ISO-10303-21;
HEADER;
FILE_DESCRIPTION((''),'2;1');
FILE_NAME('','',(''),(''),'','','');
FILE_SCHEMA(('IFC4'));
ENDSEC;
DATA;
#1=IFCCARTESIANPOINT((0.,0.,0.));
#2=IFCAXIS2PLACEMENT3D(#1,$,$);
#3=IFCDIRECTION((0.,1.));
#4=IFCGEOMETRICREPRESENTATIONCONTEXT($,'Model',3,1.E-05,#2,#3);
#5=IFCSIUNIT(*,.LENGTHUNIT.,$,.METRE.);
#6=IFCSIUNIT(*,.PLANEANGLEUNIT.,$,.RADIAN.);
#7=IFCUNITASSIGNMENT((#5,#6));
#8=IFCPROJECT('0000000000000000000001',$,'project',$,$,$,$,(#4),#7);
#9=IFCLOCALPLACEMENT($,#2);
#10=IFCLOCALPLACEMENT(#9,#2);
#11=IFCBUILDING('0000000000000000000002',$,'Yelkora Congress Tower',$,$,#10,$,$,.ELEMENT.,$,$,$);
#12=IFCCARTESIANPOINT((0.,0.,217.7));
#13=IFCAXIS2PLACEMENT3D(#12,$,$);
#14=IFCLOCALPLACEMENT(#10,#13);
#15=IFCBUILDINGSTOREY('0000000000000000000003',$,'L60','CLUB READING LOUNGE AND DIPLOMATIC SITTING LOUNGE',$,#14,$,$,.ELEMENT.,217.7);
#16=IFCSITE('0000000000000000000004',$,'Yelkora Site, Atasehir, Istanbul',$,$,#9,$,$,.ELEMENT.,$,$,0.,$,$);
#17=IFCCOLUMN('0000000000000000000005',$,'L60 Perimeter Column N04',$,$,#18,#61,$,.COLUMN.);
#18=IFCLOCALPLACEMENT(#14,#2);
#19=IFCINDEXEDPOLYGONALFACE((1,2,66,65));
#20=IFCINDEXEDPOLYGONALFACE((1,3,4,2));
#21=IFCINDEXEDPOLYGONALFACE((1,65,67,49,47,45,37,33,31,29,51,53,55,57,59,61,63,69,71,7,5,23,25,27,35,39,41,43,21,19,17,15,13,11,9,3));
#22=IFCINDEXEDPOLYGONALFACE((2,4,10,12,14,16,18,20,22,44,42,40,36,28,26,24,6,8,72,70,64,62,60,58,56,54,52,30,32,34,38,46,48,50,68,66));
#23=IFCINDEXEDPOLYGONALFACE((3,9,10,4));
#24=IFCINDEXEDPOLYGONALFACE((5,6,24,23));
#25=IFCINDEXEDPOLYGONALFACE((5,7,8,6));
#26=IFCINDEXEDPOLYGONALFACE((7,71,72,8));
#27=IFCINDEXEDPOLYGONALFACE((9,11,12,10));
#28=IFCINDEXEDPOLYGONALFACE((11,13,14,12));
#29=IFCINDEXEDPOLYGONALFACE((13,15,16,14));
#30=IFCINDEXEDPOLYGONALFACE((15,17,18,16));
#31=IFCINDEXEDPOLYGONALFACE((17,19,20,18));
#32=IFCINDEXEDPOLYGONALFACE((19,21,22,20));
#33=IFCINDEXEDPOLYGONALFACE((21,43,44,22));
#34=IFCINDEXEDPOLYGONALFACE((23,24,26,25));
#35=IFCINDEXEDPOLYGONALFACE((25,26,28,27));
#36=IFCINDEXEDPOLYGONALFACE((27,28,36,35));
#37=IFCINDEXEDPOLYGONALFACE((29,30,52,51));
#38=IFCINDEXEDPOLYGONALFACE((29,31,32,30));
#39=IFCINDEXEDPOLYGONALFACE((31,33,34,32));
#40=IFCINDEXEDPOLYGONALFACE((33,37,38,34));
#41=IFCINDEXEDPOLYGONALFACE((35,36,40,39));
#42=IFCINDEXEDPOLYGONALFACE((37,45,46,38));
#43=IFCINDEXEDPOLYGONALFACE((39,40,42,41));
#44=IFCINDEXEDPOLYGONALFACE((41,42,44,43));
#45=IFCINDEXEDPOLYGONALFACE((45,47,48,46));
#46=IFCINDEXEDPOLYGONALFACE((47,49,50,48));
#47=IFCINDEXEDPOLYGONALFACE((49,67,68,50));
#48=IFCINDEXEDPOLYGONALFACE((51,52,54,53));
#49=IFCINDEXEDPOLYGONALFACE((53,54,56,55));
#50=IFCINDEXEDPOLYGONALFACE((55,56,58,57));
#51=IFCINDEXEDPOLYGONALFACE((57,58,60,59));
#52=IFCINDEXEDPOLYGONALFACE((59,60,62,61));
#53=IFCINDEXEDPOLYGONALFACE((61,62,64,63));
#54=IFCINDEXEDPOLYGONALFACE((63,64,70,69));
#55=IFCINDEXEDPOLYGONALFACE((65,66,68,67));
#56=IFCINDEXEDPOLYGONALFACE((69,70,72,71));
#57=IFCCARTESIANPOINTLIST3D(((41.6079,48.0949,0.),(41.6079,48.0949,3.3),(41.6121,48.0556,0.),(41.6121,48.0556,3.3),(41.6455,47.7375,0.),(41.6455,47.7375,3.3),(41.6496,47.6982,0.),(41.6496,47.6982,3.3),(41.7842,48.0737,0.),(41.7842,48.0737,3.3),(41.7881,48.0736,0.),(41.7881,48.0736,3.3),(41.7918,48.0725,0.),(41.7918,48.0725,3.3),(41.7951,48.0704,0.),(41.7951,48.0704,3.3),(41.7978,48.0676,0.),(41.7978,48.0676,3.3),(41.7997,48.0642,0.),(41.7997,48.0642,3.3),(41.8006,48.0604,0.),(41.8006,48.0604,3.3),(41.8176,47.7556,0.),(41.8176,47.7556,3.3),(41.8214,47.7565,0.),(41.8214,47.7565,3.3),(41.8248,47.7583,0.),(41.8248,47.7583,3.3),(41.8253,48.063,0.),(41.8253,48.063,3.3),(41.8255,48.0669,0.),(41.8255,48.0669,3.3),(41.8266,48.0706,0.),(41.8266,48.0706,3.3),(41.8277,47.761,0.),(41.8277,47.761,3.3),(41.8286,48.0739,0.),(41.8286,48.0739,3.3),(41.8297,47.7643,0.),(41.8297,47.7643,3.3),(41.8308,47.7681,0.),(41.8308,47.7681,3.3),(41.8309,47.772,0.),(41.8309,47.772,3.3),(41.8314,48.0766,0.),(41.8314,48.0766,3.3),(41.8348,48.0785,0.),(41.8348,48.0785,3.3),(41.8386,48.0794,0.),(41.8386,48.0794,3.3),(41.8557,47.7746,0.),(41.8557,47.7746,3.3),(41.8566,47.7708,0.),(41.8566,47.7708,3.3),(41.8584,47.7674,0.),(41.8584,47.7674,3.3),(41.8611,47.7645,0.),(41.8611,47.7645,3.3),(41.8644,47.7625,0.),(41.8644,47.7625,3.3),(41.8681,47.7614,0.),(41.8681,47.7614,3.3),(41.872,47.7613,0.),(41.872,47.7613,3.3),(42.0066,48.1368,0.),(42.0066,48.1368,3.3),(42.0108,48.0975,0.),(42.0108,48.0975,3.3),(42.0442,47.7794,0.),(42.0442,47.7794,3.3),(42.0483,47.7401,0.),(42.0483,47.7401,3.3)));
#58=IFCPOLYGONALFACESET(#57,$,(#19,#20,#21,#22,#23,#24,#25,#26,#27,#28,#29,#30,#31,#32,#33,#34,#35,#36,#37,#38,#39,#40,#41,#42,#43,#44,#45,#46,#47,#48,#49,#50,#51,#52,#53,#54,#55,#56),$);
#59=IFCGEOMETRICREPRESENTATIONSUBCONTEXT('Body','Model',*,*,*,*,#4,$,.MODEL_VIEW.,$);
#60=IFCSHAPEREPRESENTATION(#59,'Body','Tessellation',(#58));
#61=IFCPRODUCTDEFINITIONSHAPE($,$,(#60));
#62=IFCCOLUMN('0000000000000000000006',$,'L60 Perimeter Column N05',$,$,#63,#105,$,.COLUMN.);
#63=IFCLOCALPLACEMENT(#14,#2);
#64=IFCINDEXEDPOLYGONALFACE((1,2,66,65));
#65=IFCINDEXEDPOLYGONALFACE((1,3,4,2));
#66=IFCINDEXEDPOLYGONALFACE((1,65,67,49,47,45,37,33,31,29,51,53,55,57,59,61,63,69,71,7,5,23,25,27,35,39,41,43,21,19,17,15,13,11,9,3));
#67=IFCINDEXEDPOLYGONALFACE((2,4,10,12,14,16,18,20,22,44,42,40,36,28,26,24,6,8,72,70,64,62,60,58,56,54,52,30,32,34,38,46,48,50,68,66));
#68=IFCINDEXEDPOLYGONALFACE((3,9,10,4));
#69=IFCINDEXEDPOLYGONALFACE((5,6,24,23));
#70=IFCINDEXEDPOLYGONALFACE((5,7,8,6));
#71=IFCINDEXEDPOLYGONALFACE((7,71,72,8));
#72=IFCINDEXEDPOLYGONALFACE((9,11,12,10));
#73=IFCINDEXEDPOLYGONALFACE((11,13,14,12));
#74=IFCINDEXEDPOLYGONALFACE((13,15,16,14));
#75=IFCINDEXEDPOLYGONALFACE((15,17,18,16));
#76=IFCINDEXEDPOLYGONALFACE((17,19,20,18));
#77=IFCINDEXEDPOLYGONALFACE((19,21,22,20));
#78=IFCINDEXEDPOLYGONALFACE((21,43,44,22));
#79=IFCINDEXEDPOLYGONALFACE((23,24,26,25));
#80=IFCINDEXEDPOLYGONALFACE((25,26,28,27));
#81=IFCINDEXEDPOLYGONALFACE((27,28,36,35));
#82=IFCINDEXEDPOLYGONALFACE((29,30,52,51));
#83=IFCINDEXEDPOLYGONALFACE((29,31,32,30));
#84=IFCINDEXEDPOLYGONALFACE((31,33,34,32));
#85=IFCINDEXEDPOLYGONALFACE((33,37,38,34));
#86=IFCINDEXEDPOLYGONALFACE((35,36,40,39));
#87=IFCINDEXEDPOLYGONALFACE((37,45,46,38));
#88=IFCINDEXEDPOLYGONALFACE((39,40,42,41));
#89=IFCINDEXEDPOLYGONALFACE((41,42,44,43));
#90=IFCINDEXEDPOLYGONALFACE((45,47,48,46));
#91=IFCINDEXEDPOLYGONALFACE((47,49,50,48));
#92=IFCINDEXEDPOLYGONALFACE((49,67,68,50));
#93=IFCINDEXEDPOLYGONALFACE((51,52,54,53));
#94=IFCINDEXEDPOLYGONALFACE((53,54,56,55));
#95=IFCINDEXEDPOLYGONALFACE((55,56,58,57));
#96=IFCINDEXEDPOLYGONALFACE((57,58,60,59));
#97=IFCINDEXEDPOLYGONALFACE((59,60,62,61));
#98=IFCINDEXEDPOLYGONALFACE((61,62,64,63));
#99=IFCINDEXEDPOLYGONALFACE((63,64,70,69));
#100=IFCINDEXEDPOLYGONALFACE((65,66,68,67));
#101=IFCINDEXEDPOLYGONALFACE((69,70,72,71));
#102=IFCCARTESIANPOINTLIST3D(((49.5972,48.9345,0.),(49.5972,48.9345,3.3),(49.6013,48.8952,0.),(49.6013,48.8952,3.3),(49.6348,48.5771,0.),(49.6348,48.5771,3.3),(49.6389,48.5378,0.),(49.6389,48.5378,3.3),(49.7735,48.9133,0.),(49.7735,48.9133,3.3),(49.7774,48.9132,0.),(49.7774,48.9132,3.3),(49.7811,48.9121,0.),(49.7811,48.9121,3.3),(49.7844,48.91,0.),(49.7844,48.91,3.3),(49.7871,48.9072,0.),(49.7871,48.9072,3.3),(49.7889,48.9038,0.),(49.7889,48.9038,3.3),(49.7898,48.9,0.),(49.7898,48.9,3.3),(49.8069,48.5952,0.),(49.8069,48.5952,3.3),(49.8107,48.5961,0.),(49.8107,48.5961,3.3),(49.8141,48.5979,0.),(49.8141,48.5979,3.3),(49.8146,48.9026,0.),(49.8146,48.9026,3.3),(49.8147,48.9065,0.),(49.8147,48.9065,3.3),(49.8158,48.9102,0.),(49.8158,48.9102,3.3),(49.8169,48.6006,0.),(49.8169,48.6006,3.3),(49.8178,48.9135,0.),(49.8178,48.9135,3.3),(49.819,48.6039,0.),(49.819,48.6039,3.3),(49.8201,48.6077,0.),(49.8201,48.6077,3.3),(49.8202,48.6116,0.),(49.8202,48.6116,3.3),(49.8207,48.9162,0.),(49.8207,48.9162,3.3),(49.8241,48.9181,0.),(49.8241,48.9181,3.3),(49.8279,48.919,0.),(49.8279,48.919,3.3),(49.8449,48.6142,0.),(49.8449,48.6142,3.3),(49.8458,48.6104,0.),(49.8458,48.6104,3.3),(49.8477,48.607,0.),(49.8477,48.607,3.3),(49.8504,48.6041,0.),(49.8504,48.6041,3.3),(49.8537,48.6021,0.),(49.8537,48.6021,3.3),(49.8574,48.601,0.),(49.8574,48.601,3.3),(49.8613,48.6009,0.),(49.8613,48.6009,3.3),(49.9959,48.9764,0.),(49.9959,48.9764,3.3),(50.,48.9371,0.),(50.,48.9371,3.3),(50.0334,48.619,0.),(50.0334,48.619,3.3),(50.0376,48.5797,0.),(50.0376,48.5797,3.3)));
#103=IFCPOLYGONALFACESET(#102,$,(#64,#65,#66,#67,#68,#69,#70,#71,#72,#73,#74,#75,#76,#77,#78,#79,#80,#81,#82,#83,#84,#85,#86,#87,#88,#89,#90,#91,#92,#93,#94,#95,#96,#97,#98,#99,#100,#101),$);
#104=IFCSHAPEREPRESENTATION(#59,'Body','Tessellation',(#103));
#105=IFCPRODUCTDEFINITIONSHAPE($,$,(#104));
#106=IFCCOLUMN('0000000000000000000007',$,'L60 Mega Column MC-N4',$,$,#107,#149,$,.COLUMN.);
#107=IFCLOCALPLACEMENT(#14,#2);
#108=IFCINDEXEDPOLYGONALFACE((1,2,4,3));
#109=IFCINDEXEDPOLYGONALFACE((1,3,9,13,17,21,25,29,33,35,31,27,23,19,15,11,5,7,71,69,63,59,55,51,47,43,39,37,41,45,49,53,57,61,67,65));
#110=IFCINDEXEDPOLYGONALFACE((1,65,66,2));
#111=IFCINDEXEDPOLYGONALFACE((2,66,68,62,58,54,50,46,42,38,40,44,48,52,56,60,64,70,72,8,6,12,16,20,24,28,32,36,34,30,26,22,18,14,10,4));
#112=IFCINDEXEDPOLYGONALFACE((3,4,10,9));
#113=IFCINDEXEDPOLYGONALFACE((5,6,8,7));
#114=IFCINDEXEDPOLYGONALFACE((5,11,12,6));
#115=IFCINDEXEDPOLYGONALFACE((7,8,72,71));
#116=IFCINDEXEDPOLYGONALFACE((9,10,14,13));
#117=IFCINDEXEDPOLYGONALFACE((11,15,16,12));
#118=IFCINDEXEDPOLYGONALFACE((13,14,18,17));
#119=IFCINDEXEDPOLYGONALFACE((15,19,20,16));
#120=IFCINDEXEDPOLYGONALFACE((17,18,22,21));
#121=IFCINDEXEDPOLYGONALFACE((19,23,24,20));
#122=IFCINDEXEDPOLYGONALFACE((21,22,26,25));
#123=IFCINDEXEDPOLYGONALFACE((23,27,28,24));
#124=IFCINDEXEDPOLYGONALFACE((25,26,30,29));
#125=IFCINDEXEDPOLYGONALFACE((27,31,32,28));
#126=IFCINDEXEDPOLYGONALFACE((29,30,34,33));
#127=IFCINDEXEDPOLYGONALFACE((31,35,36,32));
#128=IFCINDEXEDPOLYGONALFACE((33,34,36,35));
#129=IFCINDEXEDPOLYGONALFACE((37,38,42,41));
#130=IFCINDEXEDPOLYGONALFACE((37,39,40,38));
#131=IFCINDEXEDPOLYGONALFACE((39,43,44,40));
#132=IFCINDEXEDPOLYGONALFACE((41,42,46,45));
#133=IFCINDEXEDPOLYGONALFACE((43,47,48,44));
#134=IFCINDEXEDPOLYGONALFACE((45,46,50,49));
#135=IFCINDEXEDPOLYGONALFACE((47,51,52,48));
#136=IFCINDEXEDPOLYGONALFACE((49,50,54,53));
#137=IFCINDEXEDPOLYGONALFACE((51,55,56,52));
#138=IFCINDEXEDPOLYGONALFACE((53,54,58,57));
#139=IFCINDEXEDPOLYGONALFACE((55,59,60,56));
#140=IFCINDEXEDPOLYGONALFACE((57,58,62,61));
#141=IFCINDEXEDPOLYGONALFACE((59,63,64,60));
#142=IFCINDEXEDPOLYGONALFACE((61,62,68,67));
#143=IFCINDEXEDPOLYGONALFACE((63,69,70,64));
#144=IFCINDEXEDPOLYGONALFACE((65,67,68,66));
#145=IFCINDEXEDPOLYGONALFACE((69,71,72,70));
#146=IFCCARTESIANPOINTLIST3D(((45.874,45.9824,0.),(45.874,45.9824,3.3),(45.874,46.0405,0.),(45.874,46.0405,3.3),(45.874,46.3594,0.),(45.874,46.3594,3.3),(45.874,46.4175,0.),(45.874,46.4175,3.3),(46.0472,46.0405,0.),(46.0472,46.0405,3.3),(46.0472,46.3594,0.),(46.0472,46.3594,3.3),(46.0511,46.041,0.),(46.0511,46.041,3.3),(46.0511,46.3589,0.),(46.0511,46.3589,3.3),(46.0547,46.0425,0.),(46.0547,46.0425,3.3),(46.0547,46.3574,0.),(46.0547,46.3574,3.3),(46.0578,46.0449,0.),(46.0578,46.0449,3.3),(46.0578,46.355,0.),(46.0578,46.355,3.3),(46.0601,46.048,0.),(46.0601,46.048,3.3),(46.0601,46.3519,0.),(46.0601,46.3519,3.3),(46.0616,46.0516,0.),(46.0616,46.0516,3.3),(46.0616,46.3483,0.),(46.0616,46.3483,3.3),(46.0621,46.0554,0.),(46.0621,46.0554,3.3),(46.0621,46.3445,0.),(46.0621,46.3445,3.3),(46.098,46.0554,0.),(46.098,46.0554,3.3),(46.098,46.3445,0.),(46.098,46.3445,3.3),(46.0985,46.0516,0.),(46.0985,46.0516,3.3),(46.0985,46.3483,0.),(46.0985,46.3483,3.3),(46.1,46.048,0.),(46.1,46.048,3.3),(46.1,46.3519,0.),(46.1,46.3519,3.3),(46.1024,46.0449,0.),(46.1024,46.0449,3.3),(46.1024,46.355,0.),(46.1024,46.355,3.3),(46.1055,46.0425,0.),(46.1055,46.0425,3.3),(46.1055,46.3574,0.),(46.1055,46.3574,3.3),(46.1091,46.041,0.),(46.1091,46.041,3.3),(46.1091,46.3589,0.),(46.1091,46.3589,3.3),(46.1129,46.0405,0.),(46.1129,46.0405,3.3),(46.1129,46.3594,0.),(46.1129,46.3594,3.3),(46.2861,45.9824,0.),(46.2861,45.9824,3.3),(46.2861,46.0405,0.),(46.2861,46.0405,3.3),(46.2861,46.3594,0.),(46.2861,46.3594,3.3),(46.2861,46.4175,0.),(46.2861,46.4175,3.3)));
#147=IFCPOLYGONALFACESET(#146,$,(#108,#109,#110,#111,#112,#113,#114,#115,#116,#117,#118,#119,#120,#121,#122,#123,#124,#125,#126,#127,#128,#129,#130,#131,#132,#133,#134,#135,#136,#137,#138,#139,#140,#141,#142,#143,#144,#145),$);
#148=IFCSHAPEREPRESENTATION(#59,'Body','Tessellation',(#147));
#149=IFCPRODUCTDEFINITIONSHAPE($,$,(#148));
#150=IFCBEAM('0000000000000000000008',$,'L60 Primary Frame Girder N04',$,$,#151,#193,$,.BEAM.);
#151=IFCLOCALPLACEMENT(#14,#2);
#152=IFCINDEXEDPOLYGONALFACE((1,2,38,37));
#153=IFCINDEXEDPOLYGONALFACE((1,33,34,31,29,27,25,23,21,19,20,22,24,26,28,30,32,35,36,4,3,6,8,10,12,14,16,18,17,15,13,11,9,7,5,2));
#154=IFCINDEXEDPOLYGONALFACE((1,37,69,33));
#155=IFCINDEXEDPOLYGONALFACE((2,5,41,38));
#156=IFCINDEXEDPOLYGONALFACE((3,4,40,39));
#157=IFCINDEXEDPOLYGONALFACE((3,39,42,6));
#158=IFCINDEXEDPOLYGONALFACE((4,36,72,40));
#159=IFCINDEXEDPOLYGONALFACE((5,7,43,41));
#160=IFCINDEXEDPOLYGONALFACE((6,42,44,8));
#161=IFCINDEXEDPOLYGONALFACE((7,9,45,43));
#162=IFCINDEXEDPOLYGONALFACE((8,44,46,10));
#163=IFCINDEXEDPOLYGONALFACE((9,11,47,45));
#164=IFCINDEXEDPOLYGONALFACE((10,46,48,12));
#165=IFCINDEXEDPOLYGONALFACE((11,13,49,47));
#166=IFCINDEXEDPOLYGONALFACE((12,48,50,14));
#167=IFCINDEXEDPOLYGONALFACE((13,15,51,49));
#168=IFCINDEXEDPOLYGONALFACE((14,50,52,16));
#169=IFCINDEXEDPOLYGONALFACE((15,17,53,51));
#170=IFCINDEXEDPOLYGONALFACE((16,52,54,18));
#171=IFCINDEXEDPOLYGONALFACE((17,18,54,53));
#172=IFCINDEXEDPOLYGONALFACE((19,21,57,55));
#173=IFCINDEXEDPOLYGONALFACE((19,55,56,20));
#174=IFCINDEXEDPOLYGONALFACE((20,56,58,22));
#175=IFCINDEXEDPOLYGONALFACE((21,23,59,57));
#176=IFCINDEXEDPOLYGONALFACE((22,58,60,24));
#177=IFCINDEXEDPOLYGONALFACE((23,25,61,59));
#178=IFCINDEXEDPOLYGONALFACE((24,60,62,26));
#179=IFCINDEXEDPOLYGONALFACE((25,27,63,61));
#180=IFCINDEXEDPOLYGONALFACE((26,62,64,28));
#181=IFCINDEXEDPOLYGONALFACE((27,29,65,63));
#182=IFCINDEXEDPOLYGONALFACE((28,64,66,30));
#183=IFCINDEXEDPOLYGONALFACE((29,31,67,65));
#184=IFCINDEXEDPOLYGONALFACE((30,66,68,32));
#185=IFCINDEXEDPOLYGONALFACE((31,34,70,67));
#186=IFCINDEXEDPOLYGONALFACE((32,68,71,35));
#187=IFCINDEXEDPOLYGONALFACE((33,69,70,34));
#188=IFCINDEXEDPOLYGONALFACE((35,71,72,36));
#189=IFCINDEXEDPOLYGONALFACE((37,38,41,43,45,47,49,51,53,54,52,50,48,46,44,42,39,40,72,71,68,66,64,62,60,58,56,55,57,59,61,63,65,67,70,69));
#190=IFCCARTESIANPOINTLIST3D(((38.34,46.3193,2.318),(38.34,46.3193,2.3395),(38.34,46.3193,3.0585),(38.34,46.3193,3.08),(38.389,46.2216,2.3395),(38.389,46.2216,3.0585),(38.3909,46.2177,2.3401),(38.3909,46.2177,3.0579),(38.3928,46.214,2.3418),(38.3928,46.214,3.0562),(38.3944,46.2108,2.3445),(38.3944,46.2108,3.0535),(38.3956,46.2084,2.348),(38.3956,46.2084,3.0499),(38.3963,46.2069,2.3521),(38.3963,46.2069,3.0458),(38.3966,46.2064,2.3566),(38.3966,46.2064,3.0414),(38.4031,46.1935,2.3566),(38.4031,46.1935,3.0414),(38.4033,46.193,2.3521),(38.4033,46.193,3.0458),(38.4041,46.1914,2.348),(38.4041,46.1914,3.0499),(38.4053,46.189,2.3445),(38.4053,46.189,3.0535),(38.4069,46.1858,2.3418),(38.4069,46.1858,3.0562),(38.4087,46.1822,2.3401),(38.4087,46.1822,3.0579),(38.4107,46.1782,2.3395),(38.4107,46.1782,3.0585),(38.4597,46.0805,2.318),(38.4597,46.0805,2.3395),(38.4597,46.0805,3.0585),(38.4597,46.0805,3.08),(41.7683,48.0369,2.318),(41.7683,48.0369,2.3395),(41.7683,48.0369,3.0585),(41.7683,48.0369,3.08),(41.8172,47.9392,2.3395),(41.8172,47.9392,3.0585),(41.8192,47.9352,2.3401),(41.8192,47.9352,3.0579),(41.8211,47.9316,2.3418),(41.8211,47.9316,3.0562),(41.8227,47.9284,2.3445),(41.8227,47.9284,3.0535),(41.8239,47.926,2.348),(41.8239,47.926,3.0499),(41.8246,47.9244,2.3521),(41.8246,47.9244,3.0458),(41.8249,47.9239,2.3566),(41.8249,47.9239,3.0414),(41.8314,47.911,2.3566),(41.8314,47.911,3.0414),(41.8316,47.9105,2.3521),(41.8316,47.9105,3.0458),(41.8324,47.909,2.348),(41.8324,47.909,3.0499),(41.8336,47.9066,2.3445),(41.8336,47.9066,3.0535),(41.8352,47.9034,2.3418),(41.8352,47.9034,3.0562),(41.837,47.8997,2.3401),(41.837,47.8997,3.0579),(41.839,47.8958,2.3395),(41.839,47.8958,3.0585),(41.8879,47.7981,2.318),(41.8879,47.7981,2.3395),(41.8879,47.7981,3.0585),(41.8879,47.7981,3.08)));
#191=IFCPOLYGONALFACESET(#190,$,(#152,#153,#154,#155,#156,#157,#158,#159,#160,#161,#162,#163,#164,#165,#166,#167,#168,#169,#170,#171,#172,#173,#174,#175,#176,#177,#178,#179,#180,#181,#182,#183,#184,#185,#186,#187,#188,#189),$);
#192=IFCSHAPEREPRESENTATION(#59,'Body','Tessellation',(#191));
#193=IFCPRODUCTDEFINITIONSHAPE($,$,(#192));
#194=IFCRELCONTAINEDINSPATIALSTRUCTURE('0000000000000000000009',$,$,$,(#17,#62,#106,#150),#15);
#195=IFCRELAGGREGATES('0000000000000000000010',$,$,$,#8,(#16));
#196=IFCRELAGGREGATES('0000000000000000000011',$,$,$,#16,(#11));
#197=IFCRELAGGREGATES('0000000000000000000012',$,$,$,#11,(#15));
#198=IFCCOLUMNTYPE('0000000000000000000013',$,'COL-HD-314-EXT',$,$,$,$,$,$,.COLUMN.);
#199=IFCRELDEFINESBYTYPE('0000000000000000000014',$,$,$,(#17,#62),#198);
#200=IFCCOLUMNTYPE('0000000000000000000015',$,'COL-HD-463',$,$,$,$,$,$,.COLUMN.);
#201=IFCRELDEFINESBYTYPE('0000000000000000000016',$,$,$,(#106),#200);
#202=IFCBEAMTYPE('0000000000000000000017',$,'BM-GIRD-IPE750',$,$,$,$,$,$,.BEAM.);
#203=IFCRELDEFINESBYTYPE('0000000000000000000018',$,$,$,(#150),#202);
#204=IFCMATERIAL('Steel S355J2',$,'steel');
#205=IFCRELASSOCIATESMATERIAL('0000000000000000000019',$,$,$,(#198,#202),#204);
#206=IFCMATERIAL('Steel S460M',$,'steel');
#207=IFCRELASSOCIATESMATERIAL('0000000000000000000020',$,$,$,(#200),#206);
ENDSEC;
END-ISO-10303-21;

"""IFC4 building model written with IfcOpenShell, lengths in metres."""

from ifc_helpers import new_model, si_unit, direction, frame, origin, origin_2d, place, context, subcontext, project, spatial, i_section, extrude, material, material_profile, profile_set, type_object, element, save


model = new_model("IFC4")

# Units and contexts
model_context = context("Model", 3, precision=1e-05, world=origin(), true_north=direction((0.0, 1.0)))
body_context = subcontext(model_context, "Body", "Model", "MODEL_VIEW")
ifc_project = project(units=[si_unit("LENGTHUNIT", "METRE"), si_unit("PLANEANGLEUNIT", "RADIAN")], contexts=[model_context])

# Site, building, storey
site_placement = place(None, origin())
site = spatial("IfcSite", under=ifc_project, at=site_placement, Name="Yelkora Site, Atasehir, Istanbul", CompositionType="ELEMENT", RefElevation=0.0)
building_placement = place(site_placement, origin())
building = spatial("IfcBuilding", under=site, at=building_placement, Name="Yelkora Congress Tower", CompositionType="ELEMENT")
storey_placement = place(building_placement, frame((0.0, 0.0, 217.7)))
storey = spatial("IfcBuildingStorey", under=building, at=storey_placement, Name="L60", Description="CLUB READING LOUNGE AND DIPLOMATIC SITTING LOUNGE", CompositionType="ELEMENT", Elevation=217.7)

# Columns
ifc_material_1 = material(Name="Steel S355J2", Category="steel")
ifc_material_profile_1 = material_profile(ifc_material_1, i_section(OverallWidth=0.4009, OverallDepth=0.3989, WebThickness=0.0249, FlangeThickness=0.0396, FilletRadius=0.0149, at=origin_2d()), Name="HD 400x314")
ifc_profile_set_1 = profile_set([ifc_material_profile_1], Name="Steel S355J2")
column_type_1 = type_object("IfcColumnType", Name="COL-HD-314-EXT", PredefinedType="COLUMN", material=ifc_profile_set_1)
for number, where, z_axis, x_axis, name in (
    (1, (41.8281, 47.9175, 0.0), (0.0, 0.0, 1.0), (0.994522, 0.104528, 0.0), "L60 Perimeter Column N04"),
    (2, (49.8174, 48.7571, 0.0), (0.0, 0.0, 1.0), (0.994522, 0.104528, 0.0), "L60 Perimeter Column N05"),
):
    element("IfcColumn", number, at=place(storey_placement, frame(where, z_axis=z_axis, x_axis=x_axis)), inside=storey, type_object=column_type_1, Name=name, PredefinedType="COLUMN", context=body_context, shape_type="SweptSolid", body=[
        extrude(i_section(OverallWidth=0.4009, OverallDepth=0.3989, WebThickness=0.0249, FlangeThickness=0.0396, FilletRadius=0.0149, at=origin_2d()), origin(), (0.0, 0.0, 1.0), 3.3),
    ])
ifc_material_2 = material(Name="Steel S460M", Category="steel")
ifc_material_profile_2 = material_profile(ifc_material_2, i_section(OverallWidth=0.4121, OverallDepth=0.4351, WebThickness=0.0359, FlangeThickness=0.0581, FilletRadius=0.0149, at=origin_2d()), Name="HD 400x463")
ifc_profile_set_2 = profile_set([ifc_material_profile_2], Name="Steel S460M")
column_type_2 = type_object("IfcColumnType", Name="COL-HD-463", PredefinedType="COLUMN", material=ifc_profile_set_2)
column_placement = place(storey_placement, frame((46.0801, 46.2, 0.0), z_axis=(0.0, 0.0, 1.0), x_axis=(1.0, 0.0, 0.0)))
element("IfcColumn", 3, at=column_placement, inside=storey, type_object=column_type_2, Name="L60 Mega Column MC-N4", PredefinedType="COLUMN", context=body_context, shape_type="SweptSolid", body=[
    extrude(i_section(OverallWidth=0.4121, OverallDepth=0.4351, WebThickness=0.0359, FlangeThickness=0.0581, FilletRadius=0.0149, at=origin_2d()), origin(), (0.0, 0.0, 1.0), 3.3),
])

# Beam
ifc_material_profile_3 = material_profile(ifc_material_1, i_section(OverallWidth=0.2671, OverallDepth=0.762, WebThickness=0.0144, FlangeThickness=0.0215, FilletRadius=0.0171, at=origin_2d()), Name="IPE 750x173")
ifc_profile_set_3 = profile_set([ifc_material_profile_3], Name="Steel S355J2")
beam_type_1 = type_object("IfcBeamType", Name="BM-GIRD-IPE750", PredefinedType="BEAM", material=ifc_profile_set_3)
beam_1_placement = place(storey_placement, frame((41.8281, 47.9175, 2.699), z_axis=(-0.89407, -0.447927, 0.0), x_axis=(0.447927, -0.89407, 0.0)))
element("IfcBeam", 4, at=beam_1_placement, inside=storey, type_object=beam_type_1, Name="L60 Primary Frame Girder N04", PredefinedType="BEAM", context=body_context, shape_type="SweptSolid", body=[
    extrude(i_section(OverallWidth=0.2671, OverallDepth=0.762, WebThickness=0.0144, FlangeThickness=0.0215, FilletRadius=0.0171, at=origin_2d()), origin(), (0.0, 0.0, 1.0), 3.8345),
])

save(model, "model.ifc")
